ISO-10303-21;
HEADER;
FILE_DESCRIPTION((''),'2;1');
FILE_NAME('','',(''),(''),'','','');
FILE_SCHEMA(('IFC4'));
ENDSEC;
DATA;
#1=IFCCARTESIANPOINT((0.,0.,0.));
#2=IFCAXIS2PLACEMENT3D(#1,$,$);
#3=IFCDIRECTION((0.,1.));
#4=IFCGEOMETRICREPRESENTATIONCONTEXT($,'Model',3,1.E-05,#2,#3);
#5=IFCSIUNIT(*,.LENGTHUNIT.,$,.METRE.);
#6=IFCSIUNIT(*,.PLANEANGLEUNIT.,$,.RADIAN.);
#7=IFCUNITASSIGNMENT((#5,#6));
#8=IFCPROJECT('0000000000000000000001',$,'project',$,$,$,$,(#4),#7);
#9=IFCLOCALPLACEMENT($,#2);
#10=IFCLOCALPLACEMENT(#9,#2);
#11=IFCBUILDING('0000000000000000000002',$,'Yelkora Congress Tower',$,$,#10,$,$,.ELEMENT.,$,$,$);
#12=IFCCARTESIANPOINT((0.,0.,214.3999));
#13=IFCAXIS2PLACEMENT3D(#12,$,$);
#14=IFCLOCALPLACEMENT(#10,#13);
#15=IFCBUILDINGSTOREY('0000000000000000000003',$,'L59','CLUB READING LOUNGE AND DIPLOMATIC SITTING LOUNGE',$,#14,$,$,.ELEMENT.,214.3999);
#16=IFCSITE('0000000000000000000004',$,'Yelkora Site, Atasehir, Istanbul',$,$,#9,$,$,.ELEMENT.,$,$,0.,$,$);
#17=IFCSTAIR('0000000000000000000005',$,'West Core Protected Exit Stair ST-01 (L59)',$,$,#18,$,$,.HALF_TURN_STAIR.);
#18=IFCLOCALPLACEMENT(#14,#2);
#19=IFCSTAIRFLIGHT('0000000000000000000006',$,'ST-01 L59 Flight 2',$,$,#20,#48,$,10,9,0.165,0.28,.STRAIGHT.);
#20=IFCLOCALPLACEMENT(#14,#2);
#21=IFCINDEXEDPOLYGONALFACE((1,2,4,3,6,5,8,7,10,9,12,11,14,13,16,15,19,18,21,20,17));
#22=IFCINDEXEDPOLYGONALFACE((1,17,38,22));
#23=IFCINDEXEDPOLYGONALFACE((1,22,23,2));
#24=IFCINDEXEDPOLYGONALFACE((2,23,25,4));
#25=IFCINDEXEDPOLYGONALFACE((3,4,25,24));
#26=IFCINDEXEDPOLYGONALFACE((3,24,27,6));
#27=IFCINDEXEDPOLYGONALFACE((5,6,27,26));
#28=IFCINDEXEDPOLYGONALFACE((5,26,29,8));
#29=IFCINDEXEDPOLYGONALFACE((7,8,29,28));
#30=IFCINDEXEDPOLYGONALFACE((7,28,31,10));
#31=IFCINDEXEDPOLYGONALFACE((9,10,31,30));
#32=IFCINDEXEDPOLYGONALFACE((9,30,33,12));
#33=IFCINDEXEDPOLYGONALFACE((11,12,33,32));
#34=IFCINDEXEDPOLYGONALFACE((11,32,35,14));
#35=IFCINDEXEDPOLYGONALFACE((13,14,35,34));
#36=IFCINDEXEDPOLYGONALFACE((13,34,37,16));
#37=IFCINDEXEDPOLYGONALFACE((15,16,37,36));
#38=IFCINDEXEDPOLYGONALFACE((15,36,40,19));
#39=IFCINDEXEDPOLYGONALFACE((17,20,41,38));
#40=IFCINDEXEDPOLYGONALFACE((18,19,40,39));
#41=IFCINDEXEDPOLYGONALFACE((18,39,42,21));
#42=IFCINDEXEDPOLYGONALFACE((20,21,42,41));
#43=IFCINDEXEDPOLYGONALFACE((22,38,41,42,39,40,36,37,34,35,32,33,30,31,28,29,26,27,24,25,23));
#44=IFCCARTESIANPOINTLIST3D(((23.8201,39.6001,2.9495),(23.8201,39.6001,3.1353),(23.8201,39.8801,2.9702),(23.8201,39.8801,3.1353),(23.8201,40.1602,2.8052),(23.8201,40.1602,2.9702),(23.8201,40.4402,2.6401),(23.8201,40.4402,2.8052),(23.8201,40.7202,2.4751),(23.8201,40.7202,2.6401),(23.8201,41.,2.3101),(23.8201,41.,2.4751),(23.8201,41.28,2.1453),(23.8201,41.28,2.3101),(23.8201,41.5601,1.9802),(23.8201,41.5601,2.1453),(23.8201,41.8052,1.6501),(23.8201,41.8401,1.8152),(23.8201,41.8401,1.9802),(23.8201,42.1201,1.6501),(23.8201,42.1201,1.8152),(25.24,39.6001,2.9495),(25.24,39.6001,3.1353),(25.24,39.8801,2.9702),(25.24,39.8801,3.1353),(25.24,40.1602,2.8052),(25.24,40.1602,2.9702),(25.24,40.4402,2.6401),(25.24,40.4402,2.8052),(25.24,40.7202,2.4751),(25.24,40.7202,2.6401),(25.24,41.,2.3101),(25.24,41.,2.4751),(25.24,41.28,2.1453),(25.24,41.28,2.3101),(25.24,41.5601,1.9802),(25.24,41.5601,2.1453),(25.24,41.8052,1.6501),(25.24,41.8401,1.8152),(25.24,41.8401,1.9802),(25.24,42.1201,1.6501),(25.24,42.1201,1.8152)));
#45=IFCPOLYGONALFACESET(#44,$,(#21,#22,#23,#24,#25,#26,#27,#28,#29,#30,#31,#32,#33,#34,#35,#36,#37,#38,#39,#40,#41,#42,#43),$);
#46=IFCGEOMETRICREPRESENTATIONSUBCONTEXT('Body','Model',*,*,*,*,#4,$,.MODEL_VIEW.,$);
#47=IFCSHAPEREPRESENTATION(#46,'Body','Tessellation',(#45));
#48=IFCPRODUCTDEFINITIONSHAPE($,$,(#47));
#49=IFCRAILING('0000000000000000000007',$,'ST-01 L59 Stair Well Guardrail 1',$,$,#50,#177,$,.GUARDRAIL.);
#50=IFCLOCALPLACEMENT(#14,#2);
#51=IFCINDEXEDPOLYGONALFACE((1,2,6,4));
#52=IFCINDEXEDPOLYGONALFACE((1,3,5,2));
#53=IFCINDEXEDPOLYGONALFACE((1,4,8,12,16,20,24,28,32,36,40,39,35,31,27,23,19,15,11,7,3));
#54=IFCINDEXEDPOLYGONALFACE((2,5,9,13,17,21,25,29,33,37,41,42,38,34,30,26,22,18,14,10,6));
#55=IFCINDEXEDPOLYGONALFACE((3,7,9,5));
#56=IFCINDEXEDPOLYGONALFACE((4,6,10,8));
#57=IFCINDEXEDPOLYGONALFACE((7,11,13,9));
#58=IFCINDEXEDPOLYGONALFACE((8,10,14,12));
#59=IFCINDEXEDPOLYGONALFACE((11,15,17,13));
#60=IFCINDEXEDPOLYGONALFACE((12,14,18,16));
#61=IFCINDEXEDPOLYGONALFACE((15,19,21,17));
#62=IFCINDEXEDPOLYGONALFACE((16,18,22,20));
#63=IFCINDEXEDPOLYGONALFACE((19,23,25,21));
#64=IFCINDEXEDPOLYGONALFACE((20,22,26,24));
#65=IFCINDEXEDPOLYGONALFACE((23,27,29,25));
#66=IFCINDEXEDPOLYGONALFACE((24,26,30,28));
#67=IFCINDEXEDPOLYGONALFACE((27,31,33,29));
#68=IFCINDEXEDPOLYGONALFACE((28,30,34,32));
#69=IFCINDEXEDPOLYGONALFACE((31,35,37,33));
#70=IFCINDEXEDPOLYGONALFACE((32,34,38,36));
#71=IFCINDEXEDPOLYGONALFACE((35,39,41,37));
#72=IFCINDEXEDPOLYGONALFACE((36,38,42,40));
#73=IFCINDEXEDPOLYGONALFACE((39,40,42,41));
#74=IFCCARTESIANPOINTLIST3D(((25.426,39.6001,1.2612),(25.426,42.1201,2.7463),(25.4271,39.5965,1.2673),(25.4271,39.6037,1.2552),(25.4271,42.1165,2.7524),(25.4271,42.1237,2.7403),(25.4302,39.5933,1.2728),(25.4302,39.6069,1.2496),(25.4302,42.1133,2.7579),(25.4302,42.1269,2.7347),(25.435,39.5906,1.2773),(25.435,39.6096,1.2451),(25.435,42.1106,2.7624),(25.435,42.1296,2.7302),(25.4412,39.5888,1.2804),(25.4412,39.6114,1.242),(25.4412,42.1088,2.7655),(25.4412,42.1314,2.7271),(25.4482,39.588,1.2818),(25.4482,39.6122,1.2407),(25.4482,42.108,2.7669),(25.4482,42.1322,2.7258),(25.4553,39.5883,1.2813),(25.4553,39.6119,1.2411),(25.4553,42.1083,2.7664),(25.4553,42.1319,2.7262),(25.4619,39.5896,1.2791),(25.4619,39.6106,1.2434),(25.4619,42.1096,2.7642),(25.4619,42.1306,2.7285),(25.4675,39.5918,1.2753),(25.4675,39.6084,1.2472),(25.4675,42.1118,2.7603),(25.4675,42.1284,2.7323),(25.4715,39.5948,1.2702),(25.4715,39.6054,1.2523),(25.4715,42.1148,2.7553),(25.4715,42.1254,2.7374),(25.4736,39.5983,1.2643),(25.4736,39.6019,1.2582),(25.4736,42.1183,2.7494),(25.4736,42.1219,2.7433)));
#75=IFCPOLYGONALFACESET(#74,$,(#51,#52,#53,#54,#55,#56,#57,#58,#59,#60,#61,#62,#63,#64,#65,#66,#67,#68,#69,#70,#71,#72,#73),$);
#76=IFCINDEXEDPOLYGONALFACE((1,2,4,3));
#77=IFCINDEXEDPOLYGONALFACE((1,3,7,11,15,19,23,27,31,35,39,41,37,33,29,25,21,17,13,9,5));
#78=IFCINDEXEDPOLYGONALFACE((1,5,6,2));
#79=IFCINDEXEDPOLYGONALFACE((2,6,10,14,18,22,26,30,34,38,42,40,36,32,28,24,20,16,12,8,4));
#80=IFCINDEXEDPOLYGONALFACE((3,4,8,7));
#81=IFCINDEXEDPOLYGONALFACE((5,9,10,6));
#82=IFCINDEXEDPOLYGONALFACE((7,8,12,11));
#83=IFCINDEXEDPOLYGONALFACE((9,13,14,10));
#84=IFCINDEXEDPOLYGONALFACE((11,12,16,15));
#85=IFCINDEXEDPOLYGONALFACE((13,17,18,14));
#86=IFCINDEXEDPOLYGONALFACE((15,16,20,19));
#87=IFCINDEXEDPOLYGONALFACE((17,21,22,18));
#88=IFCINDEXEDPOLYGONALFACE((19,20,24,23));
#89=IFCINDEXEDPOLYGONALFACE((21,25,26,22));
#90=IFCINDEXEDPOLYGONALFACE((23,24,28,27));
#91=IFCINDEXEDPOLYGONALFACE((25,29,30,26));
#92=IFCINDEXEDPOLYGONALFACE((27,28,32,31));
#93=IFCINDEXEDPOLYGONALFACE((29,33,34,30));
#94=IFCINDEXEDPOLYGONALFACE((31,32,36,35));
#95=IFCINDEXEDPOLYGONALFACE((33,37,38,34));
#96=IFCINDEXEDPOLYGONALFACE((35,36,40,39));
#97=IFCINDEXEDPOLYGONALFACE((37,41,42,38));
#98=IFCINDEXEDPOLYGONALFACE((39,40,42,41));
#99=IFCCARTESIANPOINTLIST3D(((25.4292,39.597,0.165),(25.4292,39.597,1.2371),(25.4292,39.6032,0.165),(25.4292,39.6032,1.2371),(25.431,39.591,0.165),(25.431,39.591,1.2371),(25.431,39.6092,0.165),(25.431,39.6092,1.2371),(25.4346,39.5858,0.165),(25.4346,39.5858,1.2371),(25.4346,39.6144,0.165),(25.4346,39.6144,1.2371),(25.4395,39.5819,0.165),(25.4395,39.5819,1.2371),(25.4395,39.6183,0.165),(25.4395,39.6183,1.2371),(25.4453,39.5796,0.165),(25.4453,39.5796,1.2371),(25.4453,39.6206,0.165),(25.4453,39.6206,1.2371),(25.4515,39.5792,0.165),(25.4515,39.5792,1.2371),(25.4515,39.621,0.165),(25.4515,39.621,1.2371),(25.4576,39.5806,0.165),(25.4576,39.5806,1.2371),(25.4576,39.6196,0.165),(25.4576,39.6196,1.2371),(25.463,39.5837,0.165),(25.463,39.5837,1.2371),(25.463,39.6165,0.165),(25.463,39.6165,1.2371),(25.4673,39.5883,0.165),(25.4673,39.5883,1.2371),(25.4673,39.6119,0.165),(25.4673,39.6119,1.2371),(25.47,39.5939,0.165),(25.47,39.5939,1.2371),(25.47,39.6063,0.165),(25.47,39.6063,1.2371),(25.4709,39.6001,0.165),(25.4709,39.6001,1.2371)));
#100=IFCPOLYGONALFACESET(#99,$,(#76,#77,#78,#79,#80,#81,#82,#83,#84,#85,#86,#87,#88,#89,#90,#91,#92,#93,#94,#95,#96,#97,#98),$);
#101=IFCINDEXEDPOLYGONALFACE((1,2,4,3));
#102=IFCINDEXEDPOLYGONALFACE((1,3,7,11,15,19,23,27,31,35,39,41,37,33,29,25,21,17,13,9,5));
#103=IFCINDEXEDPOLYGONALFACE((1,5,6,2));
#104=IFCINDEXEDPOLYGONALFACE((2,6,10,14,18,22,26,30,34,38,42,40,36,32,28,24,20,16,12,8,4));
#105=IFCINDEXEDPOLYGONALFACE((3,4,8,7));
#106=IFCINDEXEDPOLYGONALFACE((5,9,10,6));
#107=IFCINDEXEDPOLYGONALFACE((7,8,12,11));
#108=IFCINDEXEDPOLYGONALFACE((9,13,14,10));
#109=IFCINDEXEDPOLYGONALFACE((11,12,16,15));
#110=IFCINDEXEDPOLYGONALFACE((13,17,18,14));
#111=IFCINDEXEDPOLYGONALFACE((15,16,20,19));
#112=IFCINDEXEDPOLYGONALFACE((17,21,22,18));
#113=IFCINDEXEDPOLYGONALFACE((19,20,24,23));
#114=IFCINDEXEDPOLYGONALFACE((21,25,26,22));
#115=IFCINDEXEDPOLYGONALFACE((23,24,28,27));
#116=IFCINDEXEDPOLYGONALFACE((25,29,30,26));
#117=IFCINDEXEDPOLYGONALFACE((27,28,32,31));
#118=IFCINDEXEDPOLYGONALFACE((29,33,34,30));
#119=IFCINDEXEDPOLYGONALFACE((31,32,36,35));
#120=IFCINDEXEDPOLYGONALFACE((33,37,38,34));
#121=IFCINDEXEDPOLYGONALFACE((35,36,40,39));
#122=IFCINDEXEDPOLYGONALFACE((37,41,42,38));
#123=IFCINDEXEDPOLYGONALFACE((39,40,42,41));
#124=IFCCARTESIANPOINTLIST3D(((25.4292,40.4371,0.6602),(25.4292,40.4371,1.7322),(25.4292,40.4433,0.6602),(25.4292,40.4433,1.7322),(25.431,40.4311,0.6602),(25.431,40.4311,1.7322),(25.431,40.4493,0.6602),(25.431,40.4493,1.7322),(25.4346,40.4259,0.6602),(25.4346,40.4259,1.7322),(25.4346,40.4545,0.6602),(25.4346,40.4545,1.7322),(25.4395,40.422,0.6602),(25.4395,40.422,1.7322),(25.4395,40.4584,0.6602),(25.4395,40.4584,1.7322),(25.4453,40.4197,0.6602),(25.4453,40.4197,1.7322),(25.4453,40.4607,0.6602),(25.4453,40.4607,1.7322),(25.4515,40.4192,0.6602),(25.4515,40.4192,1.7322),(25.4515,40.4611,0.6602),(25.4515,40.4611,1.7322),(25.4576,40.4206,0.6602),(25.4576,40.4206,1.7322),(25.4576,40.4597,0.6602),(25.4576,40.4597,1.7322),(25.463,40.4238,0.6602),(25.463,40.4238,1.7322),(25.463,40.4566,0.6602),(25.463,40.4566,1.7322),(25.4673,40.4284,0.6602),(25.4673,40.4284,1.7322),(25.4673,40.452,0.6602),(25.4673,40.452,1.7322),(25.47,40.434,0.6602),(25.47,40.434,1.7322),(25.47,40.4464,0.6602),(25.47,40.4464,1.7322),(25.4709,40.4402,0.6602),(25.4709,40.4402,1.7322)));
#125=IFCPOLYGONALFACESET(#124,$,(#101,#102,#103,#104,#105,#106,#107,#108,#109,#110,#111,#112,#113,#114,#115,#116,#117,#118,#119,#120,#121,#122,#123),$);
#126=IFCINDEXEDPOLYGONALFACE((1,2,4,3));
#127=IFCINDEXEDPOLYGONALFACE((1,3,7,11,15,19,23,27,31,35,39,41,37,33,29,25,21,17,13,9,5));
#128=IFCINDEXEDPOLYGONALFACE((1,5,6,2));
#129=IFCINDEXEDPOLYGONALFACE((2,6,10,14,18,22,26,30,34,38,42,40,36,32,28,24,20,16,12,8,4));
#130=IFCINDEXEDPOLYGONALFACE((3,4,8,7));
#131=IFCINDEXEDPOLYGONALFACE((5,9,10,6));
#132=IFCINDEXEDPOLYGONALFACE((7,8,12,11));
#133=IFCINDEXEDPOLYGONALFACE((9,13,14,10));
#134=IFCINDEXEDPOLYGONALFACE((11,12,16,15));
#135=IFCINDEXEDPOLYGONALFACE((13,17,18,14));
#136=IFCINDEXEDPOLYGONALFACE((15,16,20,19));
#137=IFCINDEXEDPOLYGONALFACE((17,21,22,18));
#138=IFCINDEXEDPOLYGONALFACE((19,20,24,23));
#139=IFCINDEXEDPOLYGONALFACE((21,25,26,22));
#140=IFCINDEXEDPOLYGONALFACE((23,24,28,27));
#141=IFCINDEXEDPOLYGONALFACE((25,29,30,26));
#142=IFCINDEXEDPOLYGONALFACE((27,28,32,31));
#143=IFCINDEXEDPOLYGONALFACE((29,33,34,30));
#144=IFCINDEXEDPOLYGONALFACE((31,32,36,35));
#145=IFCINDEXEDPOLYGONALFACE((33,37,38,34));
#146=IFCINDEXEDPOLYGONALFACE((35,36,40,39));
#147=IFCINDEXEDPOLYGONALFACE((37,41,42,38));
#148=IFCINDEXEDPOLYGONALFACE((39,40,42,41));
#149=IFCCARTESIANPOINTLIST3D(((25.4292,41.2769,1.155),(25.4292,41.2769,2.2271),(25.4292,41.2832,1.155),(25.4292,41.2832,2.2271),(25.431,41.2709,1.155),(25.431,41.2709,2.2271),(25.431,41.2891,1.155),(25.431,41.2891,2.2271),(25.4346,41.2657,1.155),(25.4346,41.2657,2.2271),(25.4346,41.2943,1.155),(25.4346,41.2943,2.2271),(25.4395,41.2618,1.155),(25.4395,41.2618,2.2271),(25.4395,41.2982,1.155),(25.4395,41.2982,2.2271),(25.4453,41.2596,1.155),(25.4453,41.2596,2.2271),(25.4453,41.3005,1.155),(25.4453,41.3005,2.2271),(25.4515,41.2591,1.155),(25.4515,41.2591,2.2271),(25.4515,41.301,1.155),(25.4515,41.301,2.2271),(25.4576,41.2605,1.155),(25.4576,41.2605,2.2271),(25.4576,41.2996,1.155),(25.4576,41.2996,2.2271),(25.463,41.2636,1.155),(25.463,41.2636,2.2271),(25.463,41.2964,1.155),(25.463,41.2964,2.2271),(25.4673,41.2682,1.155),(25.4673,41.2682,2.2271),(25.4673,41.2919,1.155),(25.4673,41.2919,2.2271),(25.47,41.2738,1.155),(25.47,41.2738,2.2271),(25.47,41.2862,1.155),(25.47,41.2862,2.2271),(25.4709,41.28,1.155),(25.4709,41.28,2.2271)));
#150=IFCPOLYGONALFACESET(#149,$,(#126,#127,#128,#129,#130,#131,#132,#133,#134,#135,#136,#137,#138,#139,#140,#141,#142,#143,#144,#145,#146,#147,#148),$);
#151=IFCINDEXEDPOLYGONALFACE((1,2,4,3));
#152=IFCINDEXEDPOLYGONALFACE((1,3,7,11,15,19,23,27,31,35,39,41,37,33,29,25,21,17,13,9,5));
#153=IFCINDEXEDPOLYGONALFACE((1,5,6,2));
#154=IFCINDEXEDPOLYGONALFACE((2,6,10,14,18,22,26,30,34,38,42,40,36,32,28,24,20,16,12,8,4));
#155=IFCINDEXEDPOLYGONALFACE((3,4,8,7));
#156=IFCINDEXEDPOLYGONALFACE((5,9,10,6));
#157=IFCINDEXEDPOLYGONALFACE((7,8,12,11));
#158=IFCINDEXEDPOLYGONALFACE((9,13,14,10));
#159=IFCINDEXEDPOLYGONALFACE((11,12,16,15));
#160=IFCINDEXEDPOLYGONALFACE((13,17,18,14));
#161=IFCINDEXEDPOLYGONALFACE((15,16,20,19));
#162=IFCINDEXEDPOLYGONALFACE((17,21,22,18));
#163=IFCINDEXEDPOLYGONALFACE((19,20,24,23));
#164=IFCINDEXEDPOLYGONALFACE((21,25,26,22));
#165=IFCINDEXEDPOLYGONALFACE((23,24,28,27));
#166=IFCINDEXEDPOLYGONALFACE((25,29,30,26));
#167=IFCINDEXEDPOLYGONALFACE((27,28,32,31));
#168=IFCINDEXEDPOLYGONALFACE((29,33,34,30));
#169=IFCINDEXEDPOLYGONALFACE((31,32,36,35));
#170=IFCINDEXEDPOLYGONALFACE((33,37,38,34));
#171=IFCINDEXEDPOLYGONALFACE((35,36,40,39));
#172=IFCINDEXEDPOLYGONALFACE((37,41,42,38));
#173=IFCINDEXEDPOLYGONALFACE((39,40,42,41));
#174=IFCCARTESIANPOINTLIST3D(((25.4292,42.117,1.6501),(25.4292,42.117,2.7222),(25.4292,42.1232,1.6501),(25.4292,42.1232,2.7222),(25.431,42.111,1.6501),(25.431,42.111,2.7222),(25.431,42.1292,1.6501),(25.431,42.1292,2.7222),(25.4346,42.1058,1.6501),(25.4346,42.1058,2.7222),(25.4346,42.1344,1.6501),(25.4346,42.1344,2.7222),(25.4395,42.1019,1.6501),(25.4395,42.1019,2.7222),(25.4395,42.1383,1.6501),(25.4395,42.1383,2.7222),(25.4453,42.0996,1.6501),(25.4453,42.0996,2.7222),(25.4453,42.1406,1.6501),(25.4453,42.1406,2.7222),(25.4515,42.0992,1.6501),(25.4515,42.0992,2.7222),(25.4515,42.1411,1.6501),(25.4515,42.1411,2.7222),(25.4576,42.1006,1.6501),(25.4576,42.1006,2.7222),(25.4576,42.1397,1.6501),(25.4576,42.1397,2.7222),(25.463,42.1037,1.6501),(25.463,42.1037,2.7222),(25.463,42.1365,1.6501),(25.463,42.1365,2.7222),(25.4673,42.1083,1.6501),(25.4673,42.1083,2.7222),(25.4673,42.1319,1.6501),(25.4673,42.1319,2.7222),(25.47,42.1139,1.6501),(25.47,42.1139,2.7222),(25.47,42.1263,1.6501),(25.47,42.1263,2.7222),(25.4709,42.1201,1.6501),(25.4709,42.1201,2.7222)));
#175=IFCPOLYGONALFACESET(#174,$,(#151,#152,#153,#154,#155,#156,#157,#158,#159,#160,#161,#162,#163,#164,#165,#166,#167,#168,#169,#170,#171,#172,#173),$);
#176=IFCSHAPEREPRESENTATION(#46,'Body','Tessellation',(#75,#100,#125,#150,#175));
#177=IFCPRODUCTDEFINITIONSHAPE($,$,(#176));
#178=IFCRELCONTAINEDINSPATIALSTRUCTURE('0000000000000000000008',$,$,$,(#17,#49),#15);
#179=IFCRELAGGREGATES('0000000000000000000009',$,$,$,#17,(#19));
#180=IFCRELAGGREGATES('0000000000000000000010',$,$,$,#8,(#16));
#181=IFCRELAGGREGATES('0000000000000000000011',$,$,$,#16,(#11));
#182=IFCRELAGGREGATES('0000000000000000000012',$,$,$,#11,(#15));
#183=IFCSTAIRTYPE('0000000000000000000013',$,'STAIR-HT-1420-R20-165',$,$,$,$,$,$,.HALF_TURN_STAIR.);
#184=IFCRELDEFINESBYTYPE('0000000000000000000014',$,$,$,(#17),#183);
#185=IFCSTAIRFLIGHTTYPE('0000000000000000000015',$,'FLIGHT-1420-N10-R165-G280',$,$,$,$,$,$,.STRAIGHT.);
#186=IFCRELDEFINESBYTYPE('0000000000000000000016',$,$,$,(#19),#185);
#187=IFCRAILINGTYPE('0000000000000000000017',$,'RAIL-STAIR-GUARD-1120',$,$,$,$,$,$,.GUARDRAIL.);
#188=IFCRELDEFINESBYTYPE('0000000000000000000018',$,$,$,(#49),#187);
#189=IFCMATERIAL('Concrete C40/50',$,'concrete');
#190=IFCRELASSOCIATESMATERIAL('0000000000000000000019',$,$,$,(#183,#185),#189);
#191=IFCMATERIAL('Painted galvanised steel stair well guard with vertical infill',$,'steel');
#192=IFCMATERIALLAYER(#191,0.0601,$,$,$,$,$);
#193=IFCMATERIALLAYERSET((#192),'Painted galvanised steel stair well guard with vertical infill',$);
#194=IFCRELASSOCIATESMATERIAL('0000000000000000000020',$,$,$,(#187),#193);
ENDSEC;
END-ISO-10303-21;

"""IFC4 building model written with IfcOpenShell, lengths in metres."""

from ifc_helpers import new_model, si_unit, direction, frame, origin, origin_2d, place, context, subcontext, project, spatial, polyline, circle, outline, extrude, material, layer, layer_set, type_object, element, aggregate, save


model = new_model("IFC4")

# Units and contexts
model_context = context("Model", 3, precision=1e-05, world=origin(), true_north=direction((0.0, 1.0)))
body_context = subcontext(model_context, "Body", "Model", "MODEL_VIEW")
ifc_project = project(units=[si_unit("LENGTHUNIT", "METRE"), si_unit("PLANEANGLEUNIT", "RADIAN")], contexts=[model_context])

# Site, building, storey
site_placement = place(None, origin())
site = spatial("IfcSite", under=ifc_project, at=site_placement, Name="Yelkora Site, Atasehir, Istanbul", CompositionType="ELEMENT", RefElevation=0.0)
building_placement = place(site_placement, origin())
building = spatial("IfcBuilding", under=site, at=building_placement, Name="Yelkora Congress Tower", CompositionType="ELEMENT")
storey_placement = place(building_placement, frame((0.0, 0.0, 214.3999)))
storey = spatial("IfcBuildingStorey", under=building, at=storey_placement, Name="L59", Description="CLUB READING LOUNGE AND DIPLOMATIC SITTING LOUNGE", CompositionType="ELEMENT", Elevation=214.3999)

# Stair, stair flight
ifc_material_1 = material(Name="Concrete C40/50", Category="concrete")
stair_type = type_object("IfcStairType", Name="STAIR-HT-1420-R20-165", PredefinedType="HALF_TURN_STAIR", material=ifc_material_1)
stair_placement = place(storey_placement, origin())
stair = element("IfcStair", 1, at=stair_placement, inside=storey, type_object=stair_type, Name="West Core Protected Exit Stair ST-01 (L59)", PredefinedType="HALF_TURN_STAIR")
stair_flight_type = type_object("IfcStairFlightType", Name="FLIGHT-1420-N10-R165-G280", PredefinedType="STRAIGHT", material=ifc_material_1)
stair_flight_1_placement = place(storey_placement, frame((24.53, 42.1201, 1.6501), z_axis=(0.0, 0.0, 1.0), x_axis=(0.0, -1.0, 0.0)))
stair_flight_1 = element("IfcStairFlight", 2, at=stair_flight_1_placement, type_object=stair_flight_type, Name="ST-01 L59 Flight 2", NumberOfRisers=10, NumberOfTreads=9, PredefinedType="STRAIGHT", RiserHeight=0.165, TreadLength=0.28, context=body_context, shape_type="SweptSolid", body=[
    extrude(outline(polyline([(0.0, 0.0), (0.0, 0.165), (0.28, 0.165), (0.28, 0.3301), (0.5601, 0.3301), (0.5601, 0.4951), (0.8401, 0.4951), (0.8401, 0.6599), (1.1201, 0.6599), (1.1201, 0.825), (1.3999, 0.825), (1.3999, 0.99), (1.6799, 0.99), (1.6799, 1.155), (1.96, 1.155), (1.96, 1.3201), (2.24, 1.3201), (2.24, 1.4851), (2.52, 1.4851), (2.52, 1.6499), (2.52, 1.2993), (0.3149, 0.0), (0.0, 0.0)])), frame((0.0, 0.71, 0.0), z_axis=(0.0, -1.0, 0.0), x_axis=(1.0, 0.0, 0.0)), (0.0, 0.0, 1.0), 1.4199),
])
aggregate(stair, [stair_flight_1])

# Railing
ifc_material_2 = material(Name="Painted galvanised steel stair well guard with vertical infill", Category="steel")
ifc_layer_1 = layer(ifc_material_2, 0.0601)
ifc_layer_set_1 = layer_set([ifc_layer_1], Name="Painted galvanised steel stair well guard with vertical infill")
railing_type_1 = type_object("IfcRailingType", Name="RAIL-STAIR-GUARD-1120", PredefinedType="GUARDRAIL", material=ifc_layer_set_1)
railing_1_placement = place(storey_placement, frame((25.45, 39.6001, 0.165)))
element("IfcRailing", 3, at=railing_1_placement, inside=storey, type_object=railing_type_1, Name="ST-01 L59 Stair Well Guardrail 1", PredefinedType="GUARDRAIL", context=body_context, shape_type="SweptSolid", body=[
    extrude(circle(Radius=0.0239, at=origin_2d()), frame((0.0, 0.0, 1.0962), z_axis=(0.0, 0.861524, 0.507717), x_axis=(-1.0, 0.0, 0.0)), (0.0, 0.0, 1.0), 2.925),
    extrude(circle(Radius=0.021, at=origin_2d()), origin(), (0.0, 0.0, 1.0), 1.072),
    extrude(circle(Radius=0.021, at=origin_2d()), frame((0.0, 0.8401, 0.4951)), (0.0, 0.0, 1.0), 1.072),
    extrude(circle(Radius=0.021, at=origin_2d()), frame((0.0, 1.6799, 0.99)), (0.0, 0.0, 1.0), 1.072),
    extrude(circle(Radius=0.021, at=origin_2d()), frame((0.0, 2.52, 1.4851)), (0.0, 0.0, 1.0), 1.072),
])

save(model, "model.ifc")
